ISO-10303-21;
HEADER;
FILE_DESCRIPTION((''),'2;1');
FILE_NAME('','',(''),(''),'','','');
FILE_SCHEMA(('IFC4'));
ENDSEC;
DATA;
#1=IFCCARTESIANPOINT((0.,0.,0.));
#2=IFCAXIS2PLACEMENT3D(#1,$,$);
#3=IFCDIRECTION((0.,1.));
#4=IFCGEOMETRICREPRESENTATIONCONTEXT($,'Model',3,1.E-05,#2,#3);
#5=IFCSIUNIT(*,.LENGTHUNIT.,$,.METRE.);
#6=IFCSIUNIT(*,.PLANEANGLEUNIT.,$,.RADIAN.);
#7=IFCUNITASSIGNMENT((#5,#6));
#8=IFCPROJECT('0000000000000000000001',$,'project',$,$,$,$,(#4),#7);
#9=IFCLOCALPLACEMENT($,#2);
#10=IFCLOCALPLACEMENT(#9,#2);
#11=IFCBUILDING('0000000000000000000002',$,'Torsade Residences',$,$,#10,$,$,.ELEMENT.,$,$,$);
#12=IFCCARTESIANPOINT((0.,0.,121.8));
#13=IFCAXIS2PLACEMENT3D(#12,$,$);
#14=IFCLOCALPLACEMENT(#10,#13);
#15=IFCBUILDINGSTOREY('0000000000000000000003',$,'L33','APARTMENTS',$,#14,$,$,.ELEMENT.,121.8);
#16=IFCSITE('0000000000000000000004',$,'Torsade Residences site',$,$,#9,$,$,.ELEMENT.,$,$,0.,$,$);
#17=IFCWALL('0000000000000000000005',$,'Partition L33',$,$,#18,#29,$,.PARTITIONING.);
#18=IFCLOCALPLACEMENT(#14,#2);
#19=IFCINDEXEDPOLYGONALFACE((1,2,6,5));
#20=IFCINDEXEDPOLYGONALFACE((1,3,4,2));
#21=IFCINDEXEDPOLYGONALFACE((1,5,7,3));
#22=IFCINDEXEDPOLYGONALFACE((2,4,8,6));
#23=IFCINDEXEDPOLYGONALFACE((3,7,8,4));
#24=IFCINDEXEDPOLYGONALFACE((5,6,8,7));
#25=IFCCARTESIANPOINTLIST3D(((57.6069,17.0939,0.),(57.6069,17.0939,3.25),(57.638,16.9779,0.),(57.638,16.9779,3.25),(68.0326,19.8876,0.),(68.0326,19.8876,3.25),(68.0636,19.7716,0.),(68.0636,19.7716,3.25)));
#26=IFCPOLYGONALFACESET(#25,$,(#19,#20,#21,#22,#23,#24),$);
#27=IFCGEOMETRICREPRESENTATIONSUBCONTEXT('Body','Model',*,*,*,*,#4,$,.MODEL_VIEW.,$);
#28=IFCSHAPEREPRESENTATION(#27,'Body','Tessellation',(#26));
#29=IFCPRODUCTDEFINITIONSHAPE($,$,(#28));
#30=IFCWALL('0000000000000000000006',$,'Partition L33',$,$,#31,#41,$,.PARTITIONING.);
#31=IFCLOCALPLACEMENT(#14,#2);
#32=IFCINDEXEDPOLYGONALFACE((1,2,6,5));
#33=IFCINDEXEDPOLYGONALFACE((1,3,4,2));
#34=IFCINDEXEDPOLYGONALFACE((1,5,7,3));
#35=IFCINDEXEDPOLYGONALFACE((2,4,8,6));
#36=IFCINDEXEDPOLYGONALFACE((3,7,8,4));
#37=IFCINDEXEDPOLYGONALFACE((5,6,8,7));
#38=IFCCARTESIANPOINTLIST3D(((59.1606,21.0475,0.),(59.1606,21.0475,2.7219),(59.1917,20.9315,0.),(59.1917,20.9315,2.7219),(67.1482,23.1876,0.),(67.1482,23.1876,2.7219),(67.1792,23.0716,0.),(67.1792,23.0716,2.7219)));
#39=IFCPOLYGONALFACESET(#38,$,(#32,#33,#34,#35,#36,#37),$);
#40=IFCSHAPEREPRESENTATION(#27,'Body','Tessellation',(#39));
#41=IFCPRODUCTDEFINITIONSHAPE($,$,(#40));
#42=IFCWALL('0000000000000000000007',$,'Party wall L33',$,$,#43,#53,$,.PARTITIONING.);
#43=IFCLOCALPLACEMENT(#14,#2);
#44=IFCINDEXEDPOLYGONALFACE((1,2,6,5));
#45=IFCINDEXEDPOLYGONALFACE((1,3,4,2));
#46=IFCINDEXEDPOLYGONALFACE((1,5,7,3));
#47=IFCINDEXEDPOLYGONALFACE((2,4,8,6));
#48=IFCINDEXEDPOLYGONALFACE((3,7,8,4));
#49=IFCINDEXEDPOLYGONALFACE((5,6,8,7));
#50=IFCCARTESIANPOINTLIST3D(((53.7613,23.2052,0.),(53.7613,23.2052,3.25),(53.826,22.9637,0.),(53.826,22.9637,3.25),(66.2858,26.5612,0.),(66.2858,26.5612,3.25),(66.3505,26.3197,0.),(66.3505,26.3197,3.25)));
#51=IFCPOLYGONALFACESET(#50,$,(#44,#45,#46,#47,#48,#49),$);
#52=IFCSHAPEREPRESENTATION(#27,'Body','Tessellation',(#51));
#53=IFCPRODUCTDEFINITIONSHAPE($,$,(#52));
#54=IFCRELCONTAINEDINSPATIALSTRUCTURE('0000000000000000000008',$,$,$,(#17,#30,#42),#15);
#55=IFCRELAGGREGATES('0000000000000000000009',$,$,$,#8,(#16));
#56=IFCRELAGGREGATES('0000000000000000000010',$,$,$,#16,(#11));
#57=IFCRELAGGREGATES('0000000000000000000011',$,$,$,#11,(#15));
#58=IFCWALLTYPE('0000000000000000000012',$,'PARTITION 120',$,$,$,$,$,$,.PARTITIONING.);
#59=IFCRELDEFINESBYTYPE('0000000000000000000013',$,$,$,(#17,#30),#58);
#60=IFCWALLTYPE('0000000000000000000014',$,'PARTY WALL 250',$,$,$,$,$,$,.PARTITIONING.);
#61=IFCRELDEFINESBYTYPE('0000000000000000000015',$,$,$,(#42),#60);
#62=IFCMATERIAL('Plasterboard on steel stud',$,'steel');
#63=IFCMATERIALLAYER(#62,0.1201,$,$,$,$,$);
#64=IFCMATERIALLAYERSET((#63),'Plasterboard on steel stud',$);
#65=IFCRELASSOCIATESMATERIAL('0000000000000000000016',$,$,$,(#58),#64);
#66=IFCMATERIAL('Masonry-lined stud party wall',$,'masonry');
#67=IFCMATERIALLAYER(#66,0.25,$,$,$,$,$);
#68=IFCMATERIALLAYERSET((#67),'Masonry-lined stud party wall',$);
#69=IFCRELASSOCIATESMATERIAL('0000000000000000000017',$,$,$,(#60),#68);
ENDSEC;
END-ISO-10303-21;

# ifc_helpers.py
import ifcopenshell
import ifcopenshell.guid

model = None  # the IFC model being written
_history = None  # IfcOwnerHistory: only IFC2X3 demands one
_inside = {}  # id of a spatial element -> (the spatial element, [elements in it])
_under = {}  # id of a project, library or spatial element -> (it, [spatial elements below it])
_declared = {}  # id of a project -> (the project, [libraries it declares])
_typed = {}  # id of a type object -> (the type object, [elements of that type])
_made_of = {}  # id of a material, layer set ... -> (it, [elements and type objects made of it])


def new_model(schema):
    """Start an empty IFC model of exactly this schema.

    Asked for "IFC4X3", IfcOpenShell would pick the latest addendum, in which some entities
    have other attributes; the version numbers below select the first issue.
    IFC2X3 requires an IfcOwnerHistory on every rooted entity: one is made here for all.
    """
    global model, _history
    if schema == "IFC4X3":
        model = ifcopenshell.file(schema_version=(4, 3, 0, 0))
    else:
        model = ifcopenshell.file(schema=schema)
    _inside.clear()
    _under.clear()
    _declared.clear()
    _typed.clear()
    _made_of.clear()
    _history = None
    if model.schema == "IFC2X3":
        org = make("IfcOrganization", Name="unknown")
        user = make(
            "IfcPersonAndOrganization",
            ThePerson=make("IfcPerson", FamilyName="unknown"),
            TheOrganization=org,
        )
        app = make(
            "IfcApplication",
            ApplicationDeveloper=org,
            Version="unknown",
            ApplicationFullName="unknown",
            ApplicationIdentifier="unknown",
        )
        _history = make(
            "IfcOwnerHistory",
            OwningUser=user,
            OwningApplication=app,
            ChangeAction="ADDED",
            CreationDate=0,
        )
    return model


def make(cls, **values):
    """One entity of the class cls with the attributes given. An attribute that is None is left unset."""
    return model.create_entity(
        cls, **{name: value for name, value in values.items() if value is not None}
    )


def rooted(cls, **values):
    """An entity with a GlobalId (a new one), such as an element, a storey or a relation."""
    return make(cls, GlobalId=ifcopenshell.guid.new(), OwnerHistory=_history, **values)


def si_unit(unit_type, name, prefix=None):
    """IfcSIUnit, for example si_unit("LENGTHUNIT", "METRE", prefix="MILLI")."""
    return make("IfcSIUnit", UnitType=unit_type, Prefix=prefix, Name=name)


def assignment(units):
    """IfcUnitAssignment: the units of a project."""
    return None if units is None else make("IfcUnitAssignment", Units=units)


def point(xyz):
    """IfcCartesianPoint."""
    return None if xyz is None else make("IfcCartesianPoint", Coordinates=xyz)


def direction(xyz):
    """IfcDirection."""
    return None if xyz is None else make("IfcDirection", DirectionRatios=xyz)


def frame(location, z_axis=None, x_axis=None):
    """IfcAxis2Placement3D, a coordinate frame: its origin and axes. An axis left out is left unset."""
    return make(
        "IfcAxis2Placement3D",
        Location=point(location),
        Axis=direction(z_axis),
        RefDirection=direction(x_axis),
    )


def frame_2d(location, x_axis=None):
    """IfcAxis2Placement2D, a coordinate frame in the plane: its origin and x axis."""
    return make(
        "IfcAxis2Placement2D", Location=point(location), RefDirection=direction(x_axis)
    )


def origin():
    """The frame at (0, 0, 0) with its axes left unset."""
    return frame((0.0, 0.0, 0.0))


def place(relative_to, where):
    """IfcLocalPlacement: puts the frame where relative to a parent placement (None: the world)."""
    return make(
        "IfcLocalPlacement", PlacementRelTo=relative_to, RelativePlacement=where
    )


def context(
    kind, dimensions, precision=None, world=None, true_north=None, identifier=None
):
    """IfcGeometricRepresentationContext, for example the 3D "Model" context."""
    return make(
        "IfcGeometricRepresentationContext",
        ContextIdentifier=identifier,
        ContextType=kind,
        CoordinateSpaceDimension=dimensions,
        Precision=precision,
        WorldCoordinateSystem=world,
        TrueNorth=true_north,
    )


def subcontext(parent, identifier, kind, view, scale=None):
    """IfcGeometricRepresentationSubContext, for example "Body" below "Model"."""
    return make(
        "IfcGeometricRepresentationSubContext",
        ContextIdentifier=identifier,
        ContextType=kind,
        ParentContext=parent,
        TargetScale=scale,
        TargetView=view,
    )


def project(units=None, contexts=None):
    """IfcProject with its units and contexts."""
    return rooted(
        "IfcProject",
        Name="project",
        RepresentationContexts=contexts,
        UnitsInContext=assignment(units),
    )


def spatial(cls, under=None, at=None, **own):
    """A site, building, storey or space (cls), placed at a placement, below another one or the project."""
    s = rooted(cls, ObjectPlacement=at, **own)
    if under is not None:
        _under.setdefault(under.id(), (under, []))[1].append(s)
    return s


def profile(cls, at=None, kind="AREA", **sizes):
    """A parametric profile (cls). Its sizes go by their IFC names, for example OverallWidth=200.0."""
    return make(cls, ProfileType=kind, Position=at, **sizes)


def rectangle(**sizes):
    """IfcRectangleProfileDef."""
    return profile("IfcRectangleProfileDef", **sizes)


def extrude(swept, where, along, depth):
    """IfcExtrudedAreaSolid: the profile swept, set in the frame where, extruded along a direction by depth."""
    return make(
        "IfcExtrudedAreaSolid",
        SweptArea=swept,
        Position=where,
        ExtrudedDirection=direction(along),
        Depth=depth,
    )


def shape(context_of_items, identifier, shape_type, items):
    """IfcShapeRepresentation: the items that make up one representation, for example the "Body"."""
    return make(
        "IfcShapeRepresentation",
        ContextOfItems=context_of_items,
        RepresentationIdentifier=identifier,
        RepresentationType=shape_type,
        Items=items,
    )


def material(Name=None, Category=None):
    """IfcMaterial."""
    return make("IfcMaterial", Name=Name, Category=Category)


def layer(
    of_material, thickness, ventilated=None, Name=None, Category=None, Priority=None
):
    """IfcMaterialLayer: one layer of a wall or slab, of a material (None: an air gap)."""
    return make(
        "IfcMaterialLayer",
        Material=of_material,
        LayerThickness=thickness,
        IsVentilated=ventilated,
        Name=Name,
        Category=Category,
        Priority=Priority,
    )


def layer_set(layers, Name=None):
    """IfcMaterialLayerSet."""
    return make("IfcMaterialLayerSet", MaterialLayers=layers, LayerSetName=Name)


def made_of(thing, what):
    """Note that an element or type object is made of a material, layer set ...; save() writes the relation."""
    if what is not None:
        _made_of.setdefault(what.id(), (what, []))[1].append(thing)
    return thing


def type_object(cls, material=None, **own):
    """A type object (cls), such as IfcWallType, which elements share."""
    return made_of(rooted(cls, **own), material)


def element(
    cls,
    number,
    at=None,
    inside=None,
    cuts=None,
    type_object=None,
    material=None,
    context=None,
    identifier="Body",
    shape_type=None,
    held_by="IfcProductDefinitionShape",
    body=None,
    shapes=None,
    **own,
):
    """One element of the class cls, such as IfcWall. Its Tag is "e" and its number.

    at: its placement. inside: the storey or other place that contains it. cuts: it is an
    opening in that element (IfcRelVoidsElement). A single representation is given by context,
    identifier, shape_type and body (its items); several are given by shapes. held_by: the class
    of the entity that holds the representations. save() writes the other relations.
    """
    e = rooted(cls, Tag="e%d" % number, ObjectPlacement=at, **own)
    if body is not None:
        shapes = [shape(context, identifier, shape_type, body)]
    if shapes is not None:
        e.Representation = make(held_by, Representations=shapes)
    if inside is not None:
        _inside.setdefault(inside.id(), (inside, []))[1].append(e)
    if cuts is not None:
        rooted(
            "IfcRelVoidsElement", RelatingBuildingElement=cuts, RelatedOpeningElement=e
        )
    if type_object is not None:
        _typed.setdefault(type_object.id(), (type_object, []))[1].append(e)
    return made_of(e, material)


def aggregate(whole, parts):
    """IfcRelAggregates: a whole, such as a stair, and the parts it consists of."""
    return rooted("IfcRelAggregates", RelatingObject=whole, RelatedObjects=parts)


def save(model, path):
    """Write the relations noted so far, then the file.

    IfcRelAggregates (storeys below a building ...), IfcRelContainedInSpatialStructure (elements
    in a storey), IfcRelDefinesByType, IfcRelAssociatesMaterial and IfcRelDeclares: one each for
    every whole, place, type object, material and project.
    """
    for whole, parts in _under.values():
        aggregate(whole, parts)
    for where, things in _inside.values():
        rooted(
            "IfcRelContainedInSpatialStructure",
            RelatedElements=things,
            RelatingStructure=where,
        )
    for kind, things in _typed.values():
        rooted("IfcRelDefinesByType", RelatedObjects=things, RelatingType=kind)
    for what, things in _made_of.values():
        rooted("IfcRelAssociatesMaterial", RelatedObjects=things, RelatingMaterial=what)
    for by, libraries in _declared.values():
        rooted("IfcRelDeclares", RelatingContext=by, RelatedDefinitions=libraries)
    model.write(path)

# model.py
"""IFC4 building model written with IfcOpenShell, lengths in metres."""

from ifc_helpers import new_model, si_unit, direction, frame, frame_2d, origin, place, context, subcontext, project, spatial, rectangle, extrude, material, layer, layer_set, type_object, element, save


model = new_model("IFC4")

# Units and contexts
model_context = context("Model", 3, precision=1e-05, world=origin(), true_north=direction((0.0, 1.0)))
body_context = subcontext(model_context, "Body", "Model", "MODEL_VIEW")
ifc_project = project(units=[si_unit("LENGTHUNIT", "METRE"), si_unit("PLANEANGLEUNIT", "RADIAN")], contexts=[model_context])

# Site, building, storey
site_placement = place(None, origin())
site = spatial("IfcSite", under=ifc_project, at=site_placement, Name="Torsade Residences site", CompositionType="ELEMENT", RefElevation=0.0)
building_placement = place(site_placement, origin())
building = spatial("IfcBuilding", under=site, at=building_placement, Name="Torsade Residences", CompositionType="ELEMENT")
storey_placement = place(building_placement, frame((0.0, 0.0, 121.8)))
storey = spatial("IfcBuildingStorey", under=building, at=storey_placement, Name="L33", Description="APARTMENTS", CompositionType="ELEMENT", Elevation=121.8)

# Walls
ifc_material_1 = material(Name="Plasterboard on steel stud", Category="steel")
ifc_layer_1 = layer(ifc_material_1, 0.1201)
ifc_layer_set_1 = layer_set([ifc_layer_1], Name="Plasterboard on steel stud")
wall_type_1 = type_object("IfcWallType", Name="PARTITION 120", PredefinedType="PARTITIONING", material=ifc_layer_set_1)
wall_1_placement = place(storey_placement, frame((68.0481, 19.8296, 0.0), z_axis=(0.0, 0.0, 1.0), x_axis=(-0.965921, -0.258835, 0.0)))
element("IfcWall", 1, at=wall_1_placement, inside=storey, type_object=wall_type_1, Name="Partition L33", PredefinedType="PARTITIONING", context=body_context, shape_type="SweptSolid", body=[
    extrude(rectangle(XDim=10.7935, YDim=0.1201, at=frame_2d((5.3967, 0.0))), origin(), (0.0, 0.0, 1.0), 3.25),
])
wall_2_placement = place(storey_placement, frame((67.1638, 23.1296, 0.0), z_axis=(0.0, 0.0, 1.0), x_axis=(-0.965929, -0.258805, 0.0)))
element("IfcWall", 2, at=wall_2_placement, inside=storey, type_object=wall_type_1, Name="Partition L33", PredefinedType="PARTITIONING", context=body_context, shape_type="SweptSolid", body=[
    extrude(rectangle(XDim=8.2693, YDim=0.1201, at=frame_2d((4.1348, 0.0))), origin(), (0.0, 0.0, 1.0), 2.7219),
])
ifc_material_2 = material(Name="Masonry-lined stud party wall", Category="masonry")
ifc_layer_2 = layer(ifc_material_2, 0.25)
ifc_layer_set_2 = layer_set([ifc_layer_2], Name="Masonry-lined stud party wall")
wall_type_2 = type_object("IfcWallType", Name="PARTY WALL 250", PredefinedType="PARTITIONING", material=ifc_layer_set_2)
wall_3_placement = place(storey_placement, frame((66.3181, 26.4404, 0.0), z_axis=(0.0, 0.0, 1.0), x_axis=(-0.965925, -0.258823, 0.0)))
element("IfcWall", 3, at=wall_3_placement, inside=storey, type_object=wall_type_2, Name="Party wall L33", PredefinedType="PARTITIONING", context=body_context, shape_type="SweptSolid", body=[
    extrude(rectangle(XDim=12.9663, YDim=0.25, at=frame_2d((6.4832, 0.0))), origin(), (0.0, 0.0, 1.0), 3.25),
])

save(model, "model.ifc")
